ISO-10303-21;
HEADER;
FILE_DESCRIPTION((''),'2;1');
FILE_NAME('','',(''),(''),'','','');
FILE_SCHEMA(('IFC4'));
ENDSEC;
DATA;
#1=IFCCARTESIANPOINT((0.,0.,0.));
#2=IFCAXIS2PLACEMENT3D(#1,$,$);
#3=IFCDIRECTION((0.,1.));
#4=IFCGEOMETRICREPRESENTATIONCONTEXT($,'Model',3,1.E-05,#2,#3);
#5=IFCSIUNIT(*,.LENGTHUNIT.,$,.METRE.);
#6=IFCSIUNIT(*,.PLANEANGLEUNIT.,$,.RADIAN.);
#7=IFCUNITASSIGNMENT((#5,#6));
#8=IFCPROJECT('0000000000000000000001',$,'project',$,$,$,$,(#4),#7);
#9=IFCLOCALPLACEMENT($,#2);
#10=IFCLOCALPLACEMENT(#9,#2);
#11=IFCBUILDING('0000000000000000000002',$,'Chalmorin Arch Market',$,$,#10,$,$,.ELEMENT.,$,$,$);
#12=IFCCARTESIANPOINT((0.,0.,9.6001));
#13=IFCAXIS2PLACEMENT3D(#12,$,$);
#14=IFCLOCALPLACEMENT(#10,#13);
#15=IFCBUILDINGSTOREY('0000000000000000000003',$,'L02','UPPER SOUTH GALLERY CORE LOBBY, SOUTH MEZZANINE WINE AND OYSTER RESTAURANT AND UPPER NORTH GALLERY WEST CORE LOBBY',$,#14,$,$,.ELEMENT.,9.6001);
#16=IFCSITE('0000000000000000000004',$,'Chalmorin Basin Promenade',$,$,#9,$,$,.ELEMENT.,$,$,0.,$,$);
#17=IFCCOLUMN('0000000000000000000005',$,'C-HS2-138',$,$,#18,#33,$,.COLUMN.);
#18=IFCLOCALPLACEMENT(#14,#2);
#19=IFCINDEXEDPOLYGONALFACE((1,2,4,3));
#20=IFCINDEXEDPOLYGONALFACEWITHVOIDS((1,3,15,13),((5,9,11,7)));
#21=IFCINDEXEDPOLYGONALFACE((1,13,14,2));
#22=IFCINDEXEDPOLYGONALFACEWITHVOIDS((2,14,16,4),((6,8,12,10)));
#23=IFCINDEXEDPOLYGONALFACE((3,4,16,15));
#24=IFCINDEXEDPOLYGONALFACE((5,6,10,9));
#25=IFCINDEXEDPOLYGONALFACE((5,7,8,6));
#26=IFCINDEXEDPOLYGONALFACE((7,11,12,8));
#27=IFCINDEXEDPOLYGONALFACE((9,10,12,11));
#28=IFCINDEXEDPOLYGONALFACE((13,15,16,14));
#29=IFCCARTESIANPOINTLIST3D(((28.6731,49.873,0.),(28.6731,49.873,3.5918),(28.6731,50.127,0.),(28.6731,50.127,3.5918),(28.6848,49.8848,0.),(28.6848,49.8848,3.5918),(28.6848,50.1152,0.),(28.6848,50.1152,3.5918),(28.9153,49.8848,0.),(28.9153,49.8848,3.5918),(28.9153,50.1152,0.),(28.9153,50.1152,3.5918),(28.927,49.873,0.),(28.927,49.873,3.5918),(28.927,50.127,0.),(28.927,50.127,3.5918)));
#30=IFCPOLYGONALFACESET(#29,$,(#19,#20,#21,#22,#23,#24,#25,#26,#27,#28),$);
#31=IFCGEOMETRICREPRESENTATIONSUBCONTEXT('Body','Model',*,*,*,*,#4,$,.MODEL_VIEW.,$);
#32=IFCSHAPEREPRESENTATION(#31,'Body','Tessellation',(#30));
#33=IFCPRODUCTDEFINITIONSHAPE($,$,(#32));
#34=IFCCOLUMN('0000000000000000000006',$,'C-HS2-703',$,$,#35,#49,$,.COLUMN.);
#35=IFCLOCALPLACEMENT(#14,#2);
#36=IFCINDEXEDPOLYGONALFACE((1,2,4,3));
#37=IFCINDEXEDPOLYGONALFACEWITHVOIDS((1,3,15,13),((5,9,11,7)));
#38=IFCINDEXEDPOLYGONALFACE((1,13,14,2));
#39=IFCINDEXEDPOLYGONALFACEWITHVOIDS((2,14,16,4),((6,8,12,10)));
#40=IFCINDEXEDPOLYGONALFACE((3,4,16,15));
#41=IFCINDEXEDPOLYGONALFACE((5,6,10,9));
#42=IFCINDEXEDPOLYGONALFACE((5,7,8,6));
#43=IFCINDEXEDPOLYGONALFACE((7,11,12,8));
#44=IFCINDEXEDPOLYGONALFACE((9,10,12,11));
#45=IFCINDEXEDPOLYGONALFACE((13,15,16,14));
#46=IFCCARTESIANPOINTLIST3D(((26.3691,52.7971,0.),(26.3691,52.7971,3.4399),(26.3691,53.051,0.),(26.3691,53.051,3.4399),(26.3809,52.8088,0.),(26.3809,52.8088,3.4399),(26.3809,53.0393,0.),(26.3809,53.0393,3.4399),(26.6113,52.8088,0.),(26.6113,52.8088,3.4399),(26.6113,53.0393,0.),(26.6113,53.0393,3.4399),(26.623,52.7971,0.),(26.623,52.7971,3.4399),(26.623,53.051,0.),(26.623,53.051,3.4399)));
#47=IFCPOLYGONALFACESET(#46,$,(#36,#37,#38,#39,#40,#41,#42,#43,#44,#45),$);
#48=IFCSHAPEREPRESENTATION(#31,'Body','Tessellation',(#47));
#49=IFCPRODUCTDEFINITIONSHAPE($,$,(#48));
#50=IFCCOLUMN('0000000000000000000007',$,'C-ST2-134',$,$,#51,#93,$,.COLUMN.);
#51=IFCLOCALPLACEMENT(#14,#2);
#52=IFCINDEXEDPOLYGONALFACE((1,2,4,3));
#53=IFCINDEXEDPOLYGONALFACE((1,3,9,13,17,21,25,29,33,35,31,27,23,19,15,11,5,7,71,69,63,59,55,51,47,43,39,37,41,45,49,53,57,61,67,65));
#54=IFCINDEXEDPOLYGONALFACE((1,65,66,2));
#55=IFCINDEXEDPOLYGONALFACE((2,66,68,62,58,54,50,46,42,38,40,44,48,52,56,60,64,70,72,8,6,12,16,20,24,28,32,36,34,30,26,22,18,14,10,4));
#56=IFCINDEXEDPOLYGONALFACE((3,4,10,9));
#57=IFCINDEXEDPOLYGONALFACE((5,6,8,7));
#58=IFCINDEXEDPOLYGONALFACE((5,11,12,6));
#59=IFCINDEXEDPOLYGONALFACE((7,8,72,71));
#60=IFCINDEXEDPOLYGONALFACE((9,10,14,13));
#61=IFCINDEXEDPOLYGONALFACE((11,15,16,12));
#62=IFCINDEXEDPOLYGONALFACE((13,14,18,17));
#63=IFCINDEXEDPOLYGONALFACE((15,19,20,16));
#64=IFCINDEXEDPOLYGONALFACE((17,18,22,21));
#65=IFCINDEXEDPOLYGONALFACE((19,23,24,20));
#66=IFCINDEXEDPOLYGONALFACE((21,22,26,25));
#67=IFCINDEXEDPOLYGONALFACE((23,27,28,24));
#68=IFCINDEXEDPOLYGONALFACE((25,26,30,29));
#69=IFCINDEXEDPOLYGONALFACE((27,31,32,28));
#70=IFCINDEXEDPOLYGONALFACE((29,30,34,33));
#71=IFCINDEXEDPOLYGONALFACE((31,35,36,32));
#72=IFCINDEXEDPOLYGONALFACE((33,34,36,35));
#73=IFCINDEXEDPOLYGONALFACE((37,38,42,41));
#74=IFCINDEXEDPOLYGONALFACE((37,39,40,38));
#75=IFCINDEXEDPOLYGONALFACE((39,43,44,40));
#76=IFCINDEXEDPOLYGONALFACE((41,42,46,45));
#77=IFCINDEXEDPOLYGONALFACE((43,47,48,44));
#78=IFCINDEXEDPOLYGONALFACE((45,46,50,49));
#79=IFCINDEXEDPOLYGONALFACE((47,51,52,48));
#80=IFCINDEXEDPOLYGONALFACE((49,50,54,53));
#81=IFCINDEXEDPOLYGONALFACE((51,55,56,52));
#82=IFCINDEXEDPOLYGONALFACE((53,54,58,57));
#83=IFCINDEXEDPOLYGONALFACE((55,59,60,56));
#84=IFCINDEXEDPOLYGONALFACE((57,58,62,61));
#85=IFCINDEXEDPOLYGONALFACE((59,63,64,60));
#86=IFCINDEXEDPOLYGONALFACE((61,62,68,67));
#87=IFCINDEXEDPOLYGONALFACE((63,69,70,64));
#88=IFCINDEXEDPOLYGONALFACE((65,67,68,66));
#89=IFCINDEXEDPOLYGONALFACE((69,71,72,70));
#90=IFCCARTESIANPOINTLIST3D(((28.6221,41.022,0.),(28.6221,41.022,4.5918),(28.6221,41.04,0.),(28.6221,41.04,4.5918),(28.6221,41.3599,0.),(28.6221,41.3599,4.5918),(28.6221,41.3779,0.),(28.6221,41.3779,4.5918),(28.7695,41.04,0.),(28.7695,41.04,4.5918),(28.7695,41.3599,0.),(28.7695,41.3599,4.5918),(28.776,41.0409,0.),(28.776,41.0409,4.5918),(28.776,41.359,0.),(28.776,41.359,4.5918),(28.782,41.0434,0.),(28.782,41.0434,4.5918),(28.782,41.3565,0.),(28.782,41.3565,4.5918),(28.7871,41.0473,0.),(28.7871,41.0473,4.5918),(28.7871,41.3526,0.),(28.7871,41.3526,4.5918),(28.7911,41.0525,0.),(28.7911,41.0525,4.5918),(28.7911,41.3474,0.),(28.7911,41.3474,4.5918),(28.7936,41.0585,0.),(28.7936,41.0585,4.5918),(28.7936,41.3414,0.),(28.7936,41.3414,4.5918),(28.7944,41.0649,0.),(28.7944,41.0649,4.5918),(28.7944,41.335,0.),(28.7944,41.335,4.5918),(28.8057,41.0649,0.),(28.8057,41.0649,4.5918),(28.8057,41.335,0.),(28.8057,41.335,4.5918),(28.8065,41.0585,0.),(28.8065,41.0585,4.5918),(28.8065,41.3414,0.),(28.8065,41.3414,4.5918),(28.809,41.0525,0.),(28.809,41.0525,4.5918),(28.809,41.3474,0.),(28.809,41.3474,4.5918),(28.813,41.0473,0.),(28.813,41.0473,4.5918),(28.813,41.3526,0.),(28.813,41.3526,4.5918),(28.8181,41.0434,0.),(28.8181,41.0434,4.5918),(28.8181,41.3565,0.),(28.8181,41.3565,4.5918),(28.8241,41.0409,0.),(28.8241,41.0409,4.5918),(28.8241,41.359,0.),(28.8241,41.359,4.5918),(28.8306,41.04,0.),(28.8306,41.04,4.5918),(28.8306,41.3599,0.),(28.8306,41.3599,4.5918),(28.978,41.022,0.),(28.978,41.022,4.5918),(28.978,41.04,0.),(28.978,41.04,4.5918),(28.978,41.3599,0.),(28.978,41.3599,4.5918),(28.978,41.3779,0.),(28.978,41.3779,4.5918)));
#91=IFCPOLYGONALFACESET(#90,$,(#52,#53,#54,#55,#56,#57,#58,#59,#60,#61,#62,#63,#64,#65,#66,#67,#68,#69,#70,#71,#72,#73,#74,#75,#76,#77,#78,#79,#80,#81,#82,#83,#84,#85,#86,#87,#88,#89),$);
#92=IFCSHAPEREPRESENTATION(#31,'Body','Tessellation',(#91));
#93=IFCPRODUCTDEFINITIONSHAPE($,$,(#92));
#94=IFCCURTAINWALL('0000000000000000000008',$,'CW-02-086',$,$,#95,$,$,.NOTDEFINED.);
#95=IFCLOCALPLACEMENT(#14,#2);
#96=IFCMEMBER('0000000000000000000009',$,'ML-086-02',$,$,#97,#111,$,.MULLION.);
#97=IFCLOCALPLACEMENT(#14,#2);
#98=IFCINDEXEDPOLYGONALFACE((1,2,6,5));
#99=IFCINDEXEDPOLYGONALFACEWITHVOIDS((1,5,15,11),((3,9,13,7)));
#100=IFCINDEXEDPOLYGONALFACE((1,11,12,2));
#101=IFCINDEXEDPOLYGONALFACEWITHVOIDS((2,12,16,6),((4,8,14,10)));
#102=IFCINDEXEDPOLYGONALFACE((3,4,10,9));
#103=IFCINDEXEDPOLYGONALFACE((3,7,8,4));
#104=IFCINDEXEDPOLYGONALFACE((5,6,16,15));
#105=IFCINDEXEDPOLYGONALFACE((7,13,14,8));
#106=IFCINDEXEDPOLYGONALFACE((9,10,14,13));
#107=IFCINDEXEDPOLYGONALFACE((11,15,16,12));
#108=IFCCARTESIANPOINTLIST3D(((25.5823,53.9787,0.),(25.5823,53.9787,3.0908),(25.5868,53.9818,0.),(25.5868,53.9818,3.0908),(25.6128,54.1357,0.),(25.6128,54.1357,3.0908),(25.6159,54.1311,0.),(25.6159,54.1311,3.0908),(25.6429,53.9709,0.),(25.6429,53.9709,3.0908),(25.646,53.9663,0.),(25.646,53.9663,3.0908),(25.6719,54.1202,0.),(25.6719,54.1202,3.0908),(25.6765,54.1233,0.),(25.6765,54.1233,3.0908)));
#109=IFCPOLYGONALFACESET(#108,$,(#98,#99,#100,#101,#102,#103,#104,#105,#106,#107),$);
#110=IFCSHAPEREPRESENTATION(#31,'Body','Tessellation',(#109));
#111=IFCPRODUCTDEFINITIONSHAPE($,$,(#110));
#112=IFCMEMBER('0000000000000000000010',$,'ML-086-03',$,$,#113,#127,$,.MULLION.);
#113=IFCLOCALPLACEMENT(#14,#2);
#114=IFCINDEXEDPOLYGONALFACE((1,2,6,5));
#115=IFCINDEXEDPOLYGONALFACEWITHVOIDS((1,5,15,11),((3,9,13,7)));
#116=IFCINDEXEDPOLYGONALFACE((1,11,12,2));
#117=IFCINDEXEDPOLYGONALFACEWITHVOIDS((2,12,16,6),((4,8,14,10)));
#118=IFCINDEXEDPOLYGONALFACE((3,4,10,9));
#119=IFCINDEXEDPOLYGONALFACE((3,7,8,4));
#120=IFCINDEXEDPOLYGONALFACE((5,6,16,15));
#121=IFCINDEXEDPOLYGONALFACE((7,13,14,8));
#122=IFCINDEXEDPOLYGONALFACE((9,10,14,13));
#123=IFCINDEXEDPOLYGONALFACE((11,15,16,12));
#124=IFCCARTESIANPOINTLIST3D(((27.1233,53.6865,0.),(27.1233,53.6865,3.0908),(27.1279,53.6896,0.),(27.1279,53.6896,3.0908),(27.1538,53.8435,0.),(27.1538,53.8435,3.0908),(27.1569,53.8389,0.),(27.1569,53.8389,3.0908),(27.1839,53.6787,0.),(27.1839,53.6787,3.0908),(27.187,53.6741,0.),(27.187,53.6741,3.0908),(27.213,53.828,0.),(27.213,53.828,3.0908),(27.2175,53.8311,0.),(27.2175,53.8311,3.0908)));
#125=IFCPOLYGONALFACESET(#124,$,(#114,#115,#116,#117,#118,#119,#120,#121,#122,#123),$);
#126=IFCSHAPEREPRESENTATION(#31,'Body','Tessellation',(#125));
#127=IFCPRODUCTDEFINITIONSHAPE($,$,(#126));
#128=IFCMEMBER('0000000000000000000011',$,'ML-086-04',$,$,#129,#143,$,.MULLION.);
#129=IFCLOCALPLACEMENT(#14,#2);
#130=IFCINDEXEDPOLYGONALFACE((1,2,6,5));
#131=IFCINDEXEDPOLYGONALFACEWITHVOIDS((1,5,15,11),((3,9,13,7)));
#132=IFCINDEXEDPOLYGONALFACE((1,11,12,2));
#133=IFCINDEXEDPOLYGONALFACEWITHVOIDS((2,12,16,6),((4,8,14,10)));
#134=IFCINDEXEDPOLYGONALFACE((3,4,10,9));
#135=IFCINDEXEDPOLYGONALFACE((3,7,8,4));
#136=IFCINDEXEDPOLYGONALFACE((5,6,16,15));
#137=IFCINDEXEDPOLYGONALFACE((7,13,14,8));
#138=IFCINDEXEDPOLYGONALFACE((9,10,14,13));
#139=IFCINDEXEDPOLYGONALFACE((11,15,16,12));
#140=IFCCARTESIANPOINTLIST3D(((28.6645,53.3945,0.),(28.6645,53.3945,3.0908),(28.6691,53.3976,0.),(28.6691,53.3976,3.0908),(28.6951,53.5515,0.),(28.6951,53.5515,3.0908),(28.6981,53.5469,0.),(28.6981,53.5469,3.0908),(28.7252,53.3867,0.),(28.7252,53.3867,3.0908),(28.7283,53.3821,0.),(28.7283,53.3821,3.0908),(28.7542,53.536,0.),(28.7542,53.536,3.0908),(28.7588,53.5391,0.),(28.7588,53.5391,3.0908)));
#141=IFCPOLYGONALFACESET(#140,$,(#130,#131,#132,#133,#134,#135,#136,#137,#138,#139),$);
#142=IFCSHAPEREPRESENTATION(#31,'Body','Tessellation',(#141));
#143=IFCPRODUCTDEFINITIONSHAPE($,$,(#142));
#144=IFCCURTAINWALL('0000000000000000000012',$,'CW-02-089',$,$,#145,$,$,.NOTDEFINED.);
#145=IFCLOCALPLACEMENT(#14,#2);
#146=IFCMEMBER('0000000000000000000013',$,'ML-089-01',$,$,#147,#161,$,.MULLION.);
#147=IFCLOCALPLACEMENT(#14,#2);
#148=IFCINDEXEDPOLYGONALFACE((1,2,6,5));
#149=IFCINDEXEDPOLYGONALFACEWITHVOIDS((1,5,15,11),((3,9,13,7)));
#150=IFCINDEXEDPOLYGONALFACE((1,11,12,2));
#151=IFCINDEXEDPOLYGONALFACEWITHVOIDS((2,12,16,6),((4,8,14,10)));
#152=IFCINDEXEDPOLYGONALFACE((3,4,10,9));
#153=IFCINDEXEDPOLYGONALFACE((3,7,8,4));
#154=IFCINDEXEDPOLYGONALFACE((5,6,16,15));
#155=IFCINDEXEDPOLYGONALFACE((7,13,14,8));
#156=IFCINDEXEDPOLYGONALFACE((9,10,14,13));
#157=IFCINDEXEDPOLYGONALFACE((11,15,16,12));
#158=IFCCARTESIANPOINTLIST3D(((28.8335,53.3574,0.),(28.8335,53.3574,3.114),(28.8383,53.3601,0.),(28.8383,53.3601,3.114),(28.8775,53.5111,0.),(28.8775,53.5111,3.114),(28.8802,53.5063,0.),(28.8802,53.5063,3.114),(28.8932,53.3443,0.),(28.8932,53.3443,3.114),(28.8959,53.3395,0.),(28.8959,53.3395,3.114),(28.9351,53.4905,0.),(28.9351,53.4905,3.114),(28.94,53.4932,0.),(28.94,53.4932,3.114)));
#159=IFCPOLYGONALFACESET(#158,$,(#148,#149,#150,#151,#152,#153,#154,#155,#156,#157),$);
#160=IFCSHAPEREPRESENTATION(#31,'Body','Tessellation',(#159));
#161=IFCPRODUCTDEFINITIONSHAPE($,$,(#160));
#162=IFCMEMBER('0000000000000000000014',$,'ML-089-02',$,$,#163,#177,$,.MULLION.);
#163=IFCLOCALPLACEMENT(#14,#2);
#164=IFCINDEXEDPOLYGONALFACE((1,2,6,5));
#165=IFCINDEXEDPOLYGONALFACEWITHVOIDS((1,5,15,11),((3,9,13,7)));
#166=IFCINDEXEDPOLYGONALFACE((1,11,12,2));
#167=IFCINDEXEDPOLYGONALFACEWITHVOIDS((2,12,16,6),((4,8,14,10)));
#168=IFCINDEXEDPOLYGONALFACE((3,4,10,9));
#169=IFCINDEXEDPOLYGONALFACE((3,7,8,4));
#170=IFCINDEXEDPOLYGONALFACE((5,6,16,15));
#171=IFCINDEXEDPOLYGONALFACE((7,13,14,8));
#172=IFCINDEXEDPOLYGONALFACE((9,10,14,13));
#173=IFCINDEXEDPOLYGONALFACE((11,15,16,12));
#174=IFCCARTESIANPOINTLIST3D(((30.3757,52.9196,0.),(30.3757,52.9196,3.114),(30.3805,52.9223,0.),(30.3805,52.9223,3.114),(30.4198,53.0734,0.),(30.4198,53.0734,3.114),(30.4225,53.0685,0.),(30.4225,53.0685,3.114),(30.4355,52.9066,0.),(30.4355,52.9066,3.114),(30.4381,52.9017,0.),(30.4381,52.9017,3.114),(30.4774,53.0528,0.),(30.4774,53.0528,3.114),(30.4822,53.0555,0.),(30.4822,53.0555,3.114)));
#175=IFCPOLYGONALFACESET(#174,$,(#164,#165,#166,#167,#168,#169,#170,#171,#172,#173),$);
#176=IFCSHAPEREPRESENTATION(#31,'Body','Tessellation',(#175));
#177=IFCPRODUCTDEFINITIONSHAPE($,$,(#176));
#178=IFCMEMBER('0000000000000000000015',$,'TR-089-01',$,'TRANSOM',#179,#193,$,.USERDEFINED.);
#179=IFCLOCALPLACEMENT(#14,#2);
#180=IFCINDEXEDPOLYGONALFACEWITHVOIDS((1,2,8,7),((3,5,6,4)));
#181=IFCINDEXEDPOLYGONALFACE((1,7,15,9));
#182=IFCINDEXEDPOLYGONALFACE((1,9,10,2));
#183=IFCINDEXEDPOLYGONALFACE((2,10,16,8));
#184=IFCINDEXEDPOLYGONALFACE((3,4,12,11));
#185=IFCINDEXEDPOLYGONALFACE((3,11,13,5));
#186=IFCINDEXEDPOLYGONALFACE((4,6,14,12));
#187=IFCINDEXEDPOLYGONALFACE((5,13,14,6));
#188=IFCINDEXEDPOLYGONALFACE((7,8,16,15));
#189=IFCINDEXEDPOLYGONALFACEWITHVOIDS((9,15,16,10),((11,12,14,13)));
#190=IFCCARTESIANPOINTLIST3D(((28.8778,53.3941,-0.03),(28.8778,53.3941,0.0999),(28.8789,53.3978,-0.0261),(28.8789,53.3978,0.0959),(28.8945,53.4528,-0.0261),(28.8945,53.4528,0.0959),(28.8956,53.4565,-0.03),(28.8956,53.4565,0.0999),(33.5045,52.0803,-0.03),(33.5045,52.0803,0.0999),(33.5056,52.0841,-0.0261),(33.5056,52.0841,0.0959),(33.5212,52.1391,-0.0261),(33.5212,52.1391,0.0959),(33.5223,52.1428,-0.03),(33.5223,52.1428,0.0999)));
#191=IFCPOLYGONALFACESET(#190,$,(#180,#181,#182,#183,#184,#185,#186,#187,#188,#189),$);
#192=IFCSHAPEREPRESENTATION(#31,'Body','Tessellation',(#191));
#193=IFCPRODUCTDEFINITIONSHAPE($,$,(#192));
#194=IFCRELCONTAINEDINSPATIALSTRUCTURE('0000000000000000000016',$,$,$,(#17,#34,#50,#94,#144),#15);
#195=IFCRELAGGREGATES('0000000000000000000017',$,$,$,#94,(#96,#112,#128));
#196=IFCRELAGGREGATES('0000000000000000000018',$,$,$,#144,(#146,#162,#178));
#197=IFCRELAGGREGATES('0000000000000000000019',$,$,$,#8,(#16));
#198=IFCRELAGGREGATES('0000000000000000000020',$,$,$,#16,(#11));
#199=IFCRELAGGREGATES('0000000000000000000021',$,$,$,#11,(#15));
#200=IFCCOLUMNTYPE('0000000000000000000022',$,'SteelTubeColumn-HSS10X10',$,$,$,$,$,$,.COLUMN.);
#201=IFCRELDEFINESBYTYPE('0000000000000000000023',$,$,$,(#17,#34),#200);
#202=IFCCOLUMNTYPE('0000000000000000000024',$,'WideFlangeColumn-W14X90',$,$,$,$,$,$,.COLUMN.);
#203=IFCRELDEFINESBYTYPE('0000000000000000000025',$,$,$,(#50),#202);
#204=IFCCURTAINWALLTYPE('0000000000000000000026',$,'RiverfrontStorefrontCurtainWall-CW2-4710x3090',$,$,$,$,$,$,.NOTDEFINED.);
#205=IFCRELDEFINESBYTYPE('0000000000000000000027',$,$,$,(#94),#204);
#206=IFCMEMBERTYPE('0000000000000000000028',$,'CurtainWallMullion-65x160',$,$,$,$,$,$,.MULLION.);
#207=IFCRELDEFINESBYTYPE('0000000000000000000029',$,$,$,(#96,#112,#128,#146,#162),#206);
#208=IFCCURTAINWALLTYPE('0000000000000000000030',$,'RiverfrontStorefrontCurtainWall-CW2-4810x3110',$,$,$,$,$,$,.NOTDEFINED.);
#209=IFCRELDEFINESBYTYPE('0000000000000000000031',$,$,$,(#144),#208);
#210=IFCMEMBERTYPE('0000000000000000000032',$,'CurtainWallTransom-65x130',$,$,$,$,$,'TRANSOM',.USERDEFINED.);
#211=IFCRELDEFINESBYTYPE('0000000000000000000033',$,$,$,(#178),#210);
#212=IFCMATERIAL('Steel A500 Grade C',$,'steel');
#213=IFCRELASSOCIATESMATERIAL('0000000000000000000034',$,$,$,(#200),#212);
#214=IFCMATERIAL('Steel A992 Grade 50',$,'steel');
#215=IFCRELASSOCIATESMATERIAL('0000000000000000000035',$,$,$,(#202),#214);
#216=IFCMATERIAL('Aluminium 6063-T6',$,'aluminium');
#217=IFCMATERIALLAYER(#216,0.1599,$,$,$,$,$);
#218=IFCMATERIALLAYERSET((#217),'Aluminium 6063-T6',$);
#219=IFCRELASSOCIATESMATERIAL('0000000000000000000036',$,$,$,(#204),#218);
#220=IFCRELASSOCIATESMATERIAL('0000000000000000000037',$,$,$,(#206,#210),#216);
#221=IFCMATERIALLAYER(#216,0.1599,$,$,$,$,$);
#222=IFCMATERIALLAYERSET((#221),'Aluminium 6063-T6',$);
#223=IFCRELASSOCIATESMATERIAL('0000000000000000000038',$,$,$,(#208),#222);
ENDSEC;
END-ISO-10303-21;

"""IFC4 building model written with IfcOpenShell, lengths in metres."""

from ifc_helpers import new_model, si_unit, direction, frame, origin, origin_2d, place, context, subcontext, project, spatial, hollow_rectangle, i_section, extrude, material, layer, layer_set, material_profile, profile_set, type_object, element, aggregate, save


model = new_model("IFC4")

# Units and contexts
model_context = context("Model", 3, precision=1e-05, world=origin(), true_north=direction((0.0, 1.0)))
body_context = subcontext(model_context, "Body", "Model", "MODEL_VIEW")
ifc_project = project(units=[si_unit("LENGTHUNIT", "METRE"), si_unit("PLANEANGLEUNIT", "RADIAN")], contexts=[model_context])

# Site, building, storey
site_placement = place(None, origin())
site = spatial("IfcSite", under=ifc_project, at=site_placement, Name="Chalmorin Basin Promenade", CompositionType="ELEMENT", RefElevation=0.0)
building_placement = place(site_placement, origin())
building = spatial("IfcBuilding", under=site, at=building_placement, Name="Chalmorin Arch Market", CompositionType="ELEMENT")
storey_placement = place(building_placement, frame((0.0, 0.0, 9.6001)))
storey = spatial("IfcBuildingStorey", under=building, at=storey_placement, Name="L02", Description="UPPER SOUTH GALLERY CORE LOBBY, SOUTH MEZZANINE WINE AND OYSTER RESTAURANT AND UPPER NORTH GALLERY WEST CORE LOBBY", CompositionType="ELEMENT", Elevation=9.6001)

# Columns
ifc_material_1 = material(Name="Steel A500 Grade C", Category="steel")
ifc_material_profile_1 = material_profile(ifc_material_1, hollow_rectangle(XDim=0.2539, YDim=0.2539, WallThickness=0.0117, at=origin_2d()), Name="HSS10X10X1/2")
ifc_profile_set_1 = profile_set([ifc_material_profile_1], Name="Steel A500 Grade C")
column_type_1 = type_object("IfcColumnType", Name="SteelTubeColumn-HSS10X10", PredefinedType="COLUMN", material=ifc_profile_set_1)
column_1_placement = place(storey_placement, frame((28.8, 50.0, 0.0), z_axis=(0.0, 0.0, 1.0), x_axis=(1.0, 0.0, 0.0)))
element("IfcColumn", 1, at=column_1_placement, inside=storey, type_object=column_type_1, Name="C-HS2-138", PredefinedType="COLUMN", context=body_context, shape_type="SweptSolid", body=[
    extrude(hollow_rectangle(XDim=0.2539, YDim=0.2539, WallThickness=0.0117, at=origin_2d()), origin(), (0.0, 0.0, 1.0), 3.5918),
])
column_2_placement = place(storey_placement, frame((26.4961, 52.9241, 0.0), z_axis=(0.0, 0.0, 1.0), x_axis=(1.0, 0.0, 0.0)))
element("IfcColumn", 2, at=column_2_placement, inside=storey, type_object=column_type_1, Name="C-HS2-703", PredefinedType="COLUMN", context=body_context, shape_type="SweptSolid", body=[
    extrude(hollow_rectangle(XDim=0.2539, YDim=0.2539, WallThickness=0.0117, at=origin_2d()), origin(), (0.0, 0.0, 1.0), 3.4399),
])
ifc_material_2 = material(Name="Steel A992 Grade 50", Category="steel")
ifc_material_profile_2 = material_profile(ifc_material_2, i_section(OverallWidth=0.356, OverallDepth=0.356, WebThickness=0.0112, FlangeThickness=0.0181, FilletRadius=0.0249, at=origin_2d()), Name="W14X90")
ifc_profile_set_2 = profile_set([ifc_material_profile_2], Name="Steel A992 Grade 50")
column_type_2 = type_object("IfcColumnType", Name="WideFlangeColumn-W14X90", PredefinedType="COLUMN", material=ifc_profile_set_2)
column_3_placement = place(storey_placement, frame((28.8, 41.2, 0.0), z_axis=(0.0, 0.0, 1.0), x_axis=(1.0, 0.0, 0.0)))
element("IfcColumn", 3, at=column_3_placement, inside=storey, type_object=column_type_2, Name="C-ST2-134", PredefinedType="COLUMN", context=body_context, shape_type="SweptSolid", body=[
    extrude(i_section(OverallWidth=0.356, OverallDepth=0.356, WebThickness=0.0112, FlangeThickness=0.0181, FilletRadius=0.0249, at=origin_2d()), origin(), (0.0, 0.0, 1.0), 4.5918),
])

# Curtain walls, members
ifc_material_3 = material(Name="Aluminium 6063-T6", Category="aluminium")
ifc_layer_1 = layer(ifc_material_3, 0.1599)
ifc_layer_set_1 = layer_set([ifc_layer_1], Name="Aluminium 6063-T6")
curtain_wall_type_1 = type_object("IfcCurtainWallType", Name="RiverfrontStorefrontCurtainWall-CW2-4710x3090", PredefinedType="NOTDEFINED", material=ifc_layer_set_1)
curtain_wall_1_placement = place(storey_placement, origin())
curtain_wall_1 = element("IfcCurtainWall", 4, at=curtain_wall_1_placement, inside=storey, type_object=curtain_wall_type_1, Name="CW-02-086", PredefinedType="NOTDEFINED")
ifc_material_profile_3 = material_profile(ifc_material_3, hollow_rectangle(XDim=0.0649, YDim=0.1599, WallThickness=0.0039, at=origin_2d()), Name="ALU65X160X4")
ifc_profile_set_3 = profile_set([ifc_material_profile_3], Name="Aluminium 6063-T6")
member_type_1 = type_object("IfcMemberType", Name="CurtainWallMullion-65x160", PredefinedType="MULLION", material=ifc_profile_set_3)
member_1_placement = place(storey_placement, frame((25.6294, 54.051, 0.0), z_axis=(0.0, 0.0, 1.0), x_axis=(0.981627, -0.190809, 0.0)))
member_1 = element("IfcMember", 5, at=member_1_placement, type_object=member_type_1, Name="ML-086-02", PredefinedType="MULLION", context=body_context, shape_type="SweptSolid", body=[
    extrude(hollow_rectangle(XDim=0.0649, YDim=0.1599, WallThickness=0.0039, at=origin_2d()), origin(), (0.0, 0.0, 1.0), 3.0908),
])
member_2_placement = place(storey_placement, frame((27.1704, 53.7588, 0.0), z_axis=(0.0, 0.0, 1.0), x_axis=(0.981627, -0.190809, 0.0)))
member_2 = element("IfcMember", 6, at=member_2_placement, type_object=member_type_1, Name="ML-086-03", PredefinedType="MULLION", context=body_context, shape_type="SweptSolid", body=[
    extrude(hollow_rectangle(XDim=0.0649, YDim=0.1599, WallThickness=0.0039, at=origin_2d()), origin(), (0.0, 0.0, 1.0), 3.0908),
])
member_3_placement = place(storey_placement, frame((28.7117, 53.4668, 0.0), z_axis=(0.0, 0.0, 1.0), x_axis=(0.981627, -0.190809, 0.0)))
member_3 = element("IfcMember", 7, at=member_3_placement, type_object=member_type_1, Name="ML-086-04", PredefinedType="MULLION", context=body_context, shape_type="SweptSolid", body=[
    extrude(hollow_rectangle(XDim=0.0649, YDim=0.1599, WallThickness=0.0039, at=origin_2d()), origin(), (0.0, 0.0, 1.0), 3.0908),
])
ifc_layer_2 = layer(ifc_material_3, 0.1599)
ifc_layer_set_2 = layer_set([ifc_layer_2], Name="Aluminium 6063-T6")
curtain_wall_type_2 = type_object("IfcCurtainWallType", Name="RiverfrontStorefrontCurtainWall-CW2-4810x3110", PredefinedType="NOTDEFINED", material=ifc_layer_set_2)
curtain_wall_2_placement = place(storey_placement, origin())
curtain_wall_2 = element("IfcCurtainWall", 8, at=curtain_wall_2_placement, inside=storey, type_object=curtain_wall_type_2, Name="CW-02-089", PredefinedType="NOTDEFINED")
member_4_placement = place(storey_placement, frame((28.8867, 53.4253, 0.0), z_axis=(0.0, 0.0, 1.0), x_axis=(0.961262, -0.275637, 0.0)))
member_4 = element("IfcMember", 9, at=member_4_placement, type_object=member_type_1, Name="ML-089-01", PredefinedType="MULLION", context=body_context, shape_type="SweptSolid", body=[
    extrude(hollow_rectangle(XDim=0.0649, YDim=0.1599, WallThickness=0.0039, at=origin_2d()), origin(), (0.0, 0.0, 1.0), 3.114),
])
member_5_placement = place(storey_placement, frame((30.429, 52.9875, 0.0), z_axis=(0.0, 0.0, 1.0), x_axis=(0.961262, -0.275637, 0.0)))
member_5 = element("IfcMember", 10, at=member_5_placement, type_object=member_type_1, Name="ML-089-02", PredefinedType="MULLION", context=body_context, shape_type="SweptSolid", body=[
    extrude(hollow_rectangle(XDim=0.0649, YDim=0.1599, WallThickness=0.0039, at=origin_2d()), origin(), (0.0, 0.0, 1.0), 3.114),
])
ifc_material_profile_4 = material_profile(ifc_material_3, hollow_rectangle(XDim=0.0649, YDim=0.1299, WallThickness=0.0039, at=origin_2d()), Name="ALU65X130X4")
ifc_profile_set_4 = profile_set([ifc_material_profile_4], Name="Aluminium 6063-T6")
member_type_2 = type_object("IfcMemberType", Name="CurtainWallTransom-65x130", ElementType="TRANSOM", PredefinedType="USERDEFINED", material=ifc_profile_set_4)
member_6_placement = place(storey_placement, frame((28.8867, 53.4253, 0.0349), z_axis=(0.961973, -0.273145, 0.0), x_axis=(0.273145, 0.961973, 0.0)))
member_6 = element("IfcMember", 11, at=member_6_placement, type_object=member_type_2, Name="TR-089-01", ObjectType="TRANSOM", PredefinedType="USERDEFINED", context=body_context, shape_type="SweptSolid", body=[
    extrude(hollow_rectangle(XDim=0.0649, YDim=0.1299, WallThickness=0.0039, at=origin_2d()), origin(), (0.0, 0.0, 1.0), 4.8096),
])

aggregate(curtain_wall_1, [member_1, member_2, member_3])
aggregate(curtain_wall_2, [member_4, member_5, member_6])

save(model, "model.ifc")
